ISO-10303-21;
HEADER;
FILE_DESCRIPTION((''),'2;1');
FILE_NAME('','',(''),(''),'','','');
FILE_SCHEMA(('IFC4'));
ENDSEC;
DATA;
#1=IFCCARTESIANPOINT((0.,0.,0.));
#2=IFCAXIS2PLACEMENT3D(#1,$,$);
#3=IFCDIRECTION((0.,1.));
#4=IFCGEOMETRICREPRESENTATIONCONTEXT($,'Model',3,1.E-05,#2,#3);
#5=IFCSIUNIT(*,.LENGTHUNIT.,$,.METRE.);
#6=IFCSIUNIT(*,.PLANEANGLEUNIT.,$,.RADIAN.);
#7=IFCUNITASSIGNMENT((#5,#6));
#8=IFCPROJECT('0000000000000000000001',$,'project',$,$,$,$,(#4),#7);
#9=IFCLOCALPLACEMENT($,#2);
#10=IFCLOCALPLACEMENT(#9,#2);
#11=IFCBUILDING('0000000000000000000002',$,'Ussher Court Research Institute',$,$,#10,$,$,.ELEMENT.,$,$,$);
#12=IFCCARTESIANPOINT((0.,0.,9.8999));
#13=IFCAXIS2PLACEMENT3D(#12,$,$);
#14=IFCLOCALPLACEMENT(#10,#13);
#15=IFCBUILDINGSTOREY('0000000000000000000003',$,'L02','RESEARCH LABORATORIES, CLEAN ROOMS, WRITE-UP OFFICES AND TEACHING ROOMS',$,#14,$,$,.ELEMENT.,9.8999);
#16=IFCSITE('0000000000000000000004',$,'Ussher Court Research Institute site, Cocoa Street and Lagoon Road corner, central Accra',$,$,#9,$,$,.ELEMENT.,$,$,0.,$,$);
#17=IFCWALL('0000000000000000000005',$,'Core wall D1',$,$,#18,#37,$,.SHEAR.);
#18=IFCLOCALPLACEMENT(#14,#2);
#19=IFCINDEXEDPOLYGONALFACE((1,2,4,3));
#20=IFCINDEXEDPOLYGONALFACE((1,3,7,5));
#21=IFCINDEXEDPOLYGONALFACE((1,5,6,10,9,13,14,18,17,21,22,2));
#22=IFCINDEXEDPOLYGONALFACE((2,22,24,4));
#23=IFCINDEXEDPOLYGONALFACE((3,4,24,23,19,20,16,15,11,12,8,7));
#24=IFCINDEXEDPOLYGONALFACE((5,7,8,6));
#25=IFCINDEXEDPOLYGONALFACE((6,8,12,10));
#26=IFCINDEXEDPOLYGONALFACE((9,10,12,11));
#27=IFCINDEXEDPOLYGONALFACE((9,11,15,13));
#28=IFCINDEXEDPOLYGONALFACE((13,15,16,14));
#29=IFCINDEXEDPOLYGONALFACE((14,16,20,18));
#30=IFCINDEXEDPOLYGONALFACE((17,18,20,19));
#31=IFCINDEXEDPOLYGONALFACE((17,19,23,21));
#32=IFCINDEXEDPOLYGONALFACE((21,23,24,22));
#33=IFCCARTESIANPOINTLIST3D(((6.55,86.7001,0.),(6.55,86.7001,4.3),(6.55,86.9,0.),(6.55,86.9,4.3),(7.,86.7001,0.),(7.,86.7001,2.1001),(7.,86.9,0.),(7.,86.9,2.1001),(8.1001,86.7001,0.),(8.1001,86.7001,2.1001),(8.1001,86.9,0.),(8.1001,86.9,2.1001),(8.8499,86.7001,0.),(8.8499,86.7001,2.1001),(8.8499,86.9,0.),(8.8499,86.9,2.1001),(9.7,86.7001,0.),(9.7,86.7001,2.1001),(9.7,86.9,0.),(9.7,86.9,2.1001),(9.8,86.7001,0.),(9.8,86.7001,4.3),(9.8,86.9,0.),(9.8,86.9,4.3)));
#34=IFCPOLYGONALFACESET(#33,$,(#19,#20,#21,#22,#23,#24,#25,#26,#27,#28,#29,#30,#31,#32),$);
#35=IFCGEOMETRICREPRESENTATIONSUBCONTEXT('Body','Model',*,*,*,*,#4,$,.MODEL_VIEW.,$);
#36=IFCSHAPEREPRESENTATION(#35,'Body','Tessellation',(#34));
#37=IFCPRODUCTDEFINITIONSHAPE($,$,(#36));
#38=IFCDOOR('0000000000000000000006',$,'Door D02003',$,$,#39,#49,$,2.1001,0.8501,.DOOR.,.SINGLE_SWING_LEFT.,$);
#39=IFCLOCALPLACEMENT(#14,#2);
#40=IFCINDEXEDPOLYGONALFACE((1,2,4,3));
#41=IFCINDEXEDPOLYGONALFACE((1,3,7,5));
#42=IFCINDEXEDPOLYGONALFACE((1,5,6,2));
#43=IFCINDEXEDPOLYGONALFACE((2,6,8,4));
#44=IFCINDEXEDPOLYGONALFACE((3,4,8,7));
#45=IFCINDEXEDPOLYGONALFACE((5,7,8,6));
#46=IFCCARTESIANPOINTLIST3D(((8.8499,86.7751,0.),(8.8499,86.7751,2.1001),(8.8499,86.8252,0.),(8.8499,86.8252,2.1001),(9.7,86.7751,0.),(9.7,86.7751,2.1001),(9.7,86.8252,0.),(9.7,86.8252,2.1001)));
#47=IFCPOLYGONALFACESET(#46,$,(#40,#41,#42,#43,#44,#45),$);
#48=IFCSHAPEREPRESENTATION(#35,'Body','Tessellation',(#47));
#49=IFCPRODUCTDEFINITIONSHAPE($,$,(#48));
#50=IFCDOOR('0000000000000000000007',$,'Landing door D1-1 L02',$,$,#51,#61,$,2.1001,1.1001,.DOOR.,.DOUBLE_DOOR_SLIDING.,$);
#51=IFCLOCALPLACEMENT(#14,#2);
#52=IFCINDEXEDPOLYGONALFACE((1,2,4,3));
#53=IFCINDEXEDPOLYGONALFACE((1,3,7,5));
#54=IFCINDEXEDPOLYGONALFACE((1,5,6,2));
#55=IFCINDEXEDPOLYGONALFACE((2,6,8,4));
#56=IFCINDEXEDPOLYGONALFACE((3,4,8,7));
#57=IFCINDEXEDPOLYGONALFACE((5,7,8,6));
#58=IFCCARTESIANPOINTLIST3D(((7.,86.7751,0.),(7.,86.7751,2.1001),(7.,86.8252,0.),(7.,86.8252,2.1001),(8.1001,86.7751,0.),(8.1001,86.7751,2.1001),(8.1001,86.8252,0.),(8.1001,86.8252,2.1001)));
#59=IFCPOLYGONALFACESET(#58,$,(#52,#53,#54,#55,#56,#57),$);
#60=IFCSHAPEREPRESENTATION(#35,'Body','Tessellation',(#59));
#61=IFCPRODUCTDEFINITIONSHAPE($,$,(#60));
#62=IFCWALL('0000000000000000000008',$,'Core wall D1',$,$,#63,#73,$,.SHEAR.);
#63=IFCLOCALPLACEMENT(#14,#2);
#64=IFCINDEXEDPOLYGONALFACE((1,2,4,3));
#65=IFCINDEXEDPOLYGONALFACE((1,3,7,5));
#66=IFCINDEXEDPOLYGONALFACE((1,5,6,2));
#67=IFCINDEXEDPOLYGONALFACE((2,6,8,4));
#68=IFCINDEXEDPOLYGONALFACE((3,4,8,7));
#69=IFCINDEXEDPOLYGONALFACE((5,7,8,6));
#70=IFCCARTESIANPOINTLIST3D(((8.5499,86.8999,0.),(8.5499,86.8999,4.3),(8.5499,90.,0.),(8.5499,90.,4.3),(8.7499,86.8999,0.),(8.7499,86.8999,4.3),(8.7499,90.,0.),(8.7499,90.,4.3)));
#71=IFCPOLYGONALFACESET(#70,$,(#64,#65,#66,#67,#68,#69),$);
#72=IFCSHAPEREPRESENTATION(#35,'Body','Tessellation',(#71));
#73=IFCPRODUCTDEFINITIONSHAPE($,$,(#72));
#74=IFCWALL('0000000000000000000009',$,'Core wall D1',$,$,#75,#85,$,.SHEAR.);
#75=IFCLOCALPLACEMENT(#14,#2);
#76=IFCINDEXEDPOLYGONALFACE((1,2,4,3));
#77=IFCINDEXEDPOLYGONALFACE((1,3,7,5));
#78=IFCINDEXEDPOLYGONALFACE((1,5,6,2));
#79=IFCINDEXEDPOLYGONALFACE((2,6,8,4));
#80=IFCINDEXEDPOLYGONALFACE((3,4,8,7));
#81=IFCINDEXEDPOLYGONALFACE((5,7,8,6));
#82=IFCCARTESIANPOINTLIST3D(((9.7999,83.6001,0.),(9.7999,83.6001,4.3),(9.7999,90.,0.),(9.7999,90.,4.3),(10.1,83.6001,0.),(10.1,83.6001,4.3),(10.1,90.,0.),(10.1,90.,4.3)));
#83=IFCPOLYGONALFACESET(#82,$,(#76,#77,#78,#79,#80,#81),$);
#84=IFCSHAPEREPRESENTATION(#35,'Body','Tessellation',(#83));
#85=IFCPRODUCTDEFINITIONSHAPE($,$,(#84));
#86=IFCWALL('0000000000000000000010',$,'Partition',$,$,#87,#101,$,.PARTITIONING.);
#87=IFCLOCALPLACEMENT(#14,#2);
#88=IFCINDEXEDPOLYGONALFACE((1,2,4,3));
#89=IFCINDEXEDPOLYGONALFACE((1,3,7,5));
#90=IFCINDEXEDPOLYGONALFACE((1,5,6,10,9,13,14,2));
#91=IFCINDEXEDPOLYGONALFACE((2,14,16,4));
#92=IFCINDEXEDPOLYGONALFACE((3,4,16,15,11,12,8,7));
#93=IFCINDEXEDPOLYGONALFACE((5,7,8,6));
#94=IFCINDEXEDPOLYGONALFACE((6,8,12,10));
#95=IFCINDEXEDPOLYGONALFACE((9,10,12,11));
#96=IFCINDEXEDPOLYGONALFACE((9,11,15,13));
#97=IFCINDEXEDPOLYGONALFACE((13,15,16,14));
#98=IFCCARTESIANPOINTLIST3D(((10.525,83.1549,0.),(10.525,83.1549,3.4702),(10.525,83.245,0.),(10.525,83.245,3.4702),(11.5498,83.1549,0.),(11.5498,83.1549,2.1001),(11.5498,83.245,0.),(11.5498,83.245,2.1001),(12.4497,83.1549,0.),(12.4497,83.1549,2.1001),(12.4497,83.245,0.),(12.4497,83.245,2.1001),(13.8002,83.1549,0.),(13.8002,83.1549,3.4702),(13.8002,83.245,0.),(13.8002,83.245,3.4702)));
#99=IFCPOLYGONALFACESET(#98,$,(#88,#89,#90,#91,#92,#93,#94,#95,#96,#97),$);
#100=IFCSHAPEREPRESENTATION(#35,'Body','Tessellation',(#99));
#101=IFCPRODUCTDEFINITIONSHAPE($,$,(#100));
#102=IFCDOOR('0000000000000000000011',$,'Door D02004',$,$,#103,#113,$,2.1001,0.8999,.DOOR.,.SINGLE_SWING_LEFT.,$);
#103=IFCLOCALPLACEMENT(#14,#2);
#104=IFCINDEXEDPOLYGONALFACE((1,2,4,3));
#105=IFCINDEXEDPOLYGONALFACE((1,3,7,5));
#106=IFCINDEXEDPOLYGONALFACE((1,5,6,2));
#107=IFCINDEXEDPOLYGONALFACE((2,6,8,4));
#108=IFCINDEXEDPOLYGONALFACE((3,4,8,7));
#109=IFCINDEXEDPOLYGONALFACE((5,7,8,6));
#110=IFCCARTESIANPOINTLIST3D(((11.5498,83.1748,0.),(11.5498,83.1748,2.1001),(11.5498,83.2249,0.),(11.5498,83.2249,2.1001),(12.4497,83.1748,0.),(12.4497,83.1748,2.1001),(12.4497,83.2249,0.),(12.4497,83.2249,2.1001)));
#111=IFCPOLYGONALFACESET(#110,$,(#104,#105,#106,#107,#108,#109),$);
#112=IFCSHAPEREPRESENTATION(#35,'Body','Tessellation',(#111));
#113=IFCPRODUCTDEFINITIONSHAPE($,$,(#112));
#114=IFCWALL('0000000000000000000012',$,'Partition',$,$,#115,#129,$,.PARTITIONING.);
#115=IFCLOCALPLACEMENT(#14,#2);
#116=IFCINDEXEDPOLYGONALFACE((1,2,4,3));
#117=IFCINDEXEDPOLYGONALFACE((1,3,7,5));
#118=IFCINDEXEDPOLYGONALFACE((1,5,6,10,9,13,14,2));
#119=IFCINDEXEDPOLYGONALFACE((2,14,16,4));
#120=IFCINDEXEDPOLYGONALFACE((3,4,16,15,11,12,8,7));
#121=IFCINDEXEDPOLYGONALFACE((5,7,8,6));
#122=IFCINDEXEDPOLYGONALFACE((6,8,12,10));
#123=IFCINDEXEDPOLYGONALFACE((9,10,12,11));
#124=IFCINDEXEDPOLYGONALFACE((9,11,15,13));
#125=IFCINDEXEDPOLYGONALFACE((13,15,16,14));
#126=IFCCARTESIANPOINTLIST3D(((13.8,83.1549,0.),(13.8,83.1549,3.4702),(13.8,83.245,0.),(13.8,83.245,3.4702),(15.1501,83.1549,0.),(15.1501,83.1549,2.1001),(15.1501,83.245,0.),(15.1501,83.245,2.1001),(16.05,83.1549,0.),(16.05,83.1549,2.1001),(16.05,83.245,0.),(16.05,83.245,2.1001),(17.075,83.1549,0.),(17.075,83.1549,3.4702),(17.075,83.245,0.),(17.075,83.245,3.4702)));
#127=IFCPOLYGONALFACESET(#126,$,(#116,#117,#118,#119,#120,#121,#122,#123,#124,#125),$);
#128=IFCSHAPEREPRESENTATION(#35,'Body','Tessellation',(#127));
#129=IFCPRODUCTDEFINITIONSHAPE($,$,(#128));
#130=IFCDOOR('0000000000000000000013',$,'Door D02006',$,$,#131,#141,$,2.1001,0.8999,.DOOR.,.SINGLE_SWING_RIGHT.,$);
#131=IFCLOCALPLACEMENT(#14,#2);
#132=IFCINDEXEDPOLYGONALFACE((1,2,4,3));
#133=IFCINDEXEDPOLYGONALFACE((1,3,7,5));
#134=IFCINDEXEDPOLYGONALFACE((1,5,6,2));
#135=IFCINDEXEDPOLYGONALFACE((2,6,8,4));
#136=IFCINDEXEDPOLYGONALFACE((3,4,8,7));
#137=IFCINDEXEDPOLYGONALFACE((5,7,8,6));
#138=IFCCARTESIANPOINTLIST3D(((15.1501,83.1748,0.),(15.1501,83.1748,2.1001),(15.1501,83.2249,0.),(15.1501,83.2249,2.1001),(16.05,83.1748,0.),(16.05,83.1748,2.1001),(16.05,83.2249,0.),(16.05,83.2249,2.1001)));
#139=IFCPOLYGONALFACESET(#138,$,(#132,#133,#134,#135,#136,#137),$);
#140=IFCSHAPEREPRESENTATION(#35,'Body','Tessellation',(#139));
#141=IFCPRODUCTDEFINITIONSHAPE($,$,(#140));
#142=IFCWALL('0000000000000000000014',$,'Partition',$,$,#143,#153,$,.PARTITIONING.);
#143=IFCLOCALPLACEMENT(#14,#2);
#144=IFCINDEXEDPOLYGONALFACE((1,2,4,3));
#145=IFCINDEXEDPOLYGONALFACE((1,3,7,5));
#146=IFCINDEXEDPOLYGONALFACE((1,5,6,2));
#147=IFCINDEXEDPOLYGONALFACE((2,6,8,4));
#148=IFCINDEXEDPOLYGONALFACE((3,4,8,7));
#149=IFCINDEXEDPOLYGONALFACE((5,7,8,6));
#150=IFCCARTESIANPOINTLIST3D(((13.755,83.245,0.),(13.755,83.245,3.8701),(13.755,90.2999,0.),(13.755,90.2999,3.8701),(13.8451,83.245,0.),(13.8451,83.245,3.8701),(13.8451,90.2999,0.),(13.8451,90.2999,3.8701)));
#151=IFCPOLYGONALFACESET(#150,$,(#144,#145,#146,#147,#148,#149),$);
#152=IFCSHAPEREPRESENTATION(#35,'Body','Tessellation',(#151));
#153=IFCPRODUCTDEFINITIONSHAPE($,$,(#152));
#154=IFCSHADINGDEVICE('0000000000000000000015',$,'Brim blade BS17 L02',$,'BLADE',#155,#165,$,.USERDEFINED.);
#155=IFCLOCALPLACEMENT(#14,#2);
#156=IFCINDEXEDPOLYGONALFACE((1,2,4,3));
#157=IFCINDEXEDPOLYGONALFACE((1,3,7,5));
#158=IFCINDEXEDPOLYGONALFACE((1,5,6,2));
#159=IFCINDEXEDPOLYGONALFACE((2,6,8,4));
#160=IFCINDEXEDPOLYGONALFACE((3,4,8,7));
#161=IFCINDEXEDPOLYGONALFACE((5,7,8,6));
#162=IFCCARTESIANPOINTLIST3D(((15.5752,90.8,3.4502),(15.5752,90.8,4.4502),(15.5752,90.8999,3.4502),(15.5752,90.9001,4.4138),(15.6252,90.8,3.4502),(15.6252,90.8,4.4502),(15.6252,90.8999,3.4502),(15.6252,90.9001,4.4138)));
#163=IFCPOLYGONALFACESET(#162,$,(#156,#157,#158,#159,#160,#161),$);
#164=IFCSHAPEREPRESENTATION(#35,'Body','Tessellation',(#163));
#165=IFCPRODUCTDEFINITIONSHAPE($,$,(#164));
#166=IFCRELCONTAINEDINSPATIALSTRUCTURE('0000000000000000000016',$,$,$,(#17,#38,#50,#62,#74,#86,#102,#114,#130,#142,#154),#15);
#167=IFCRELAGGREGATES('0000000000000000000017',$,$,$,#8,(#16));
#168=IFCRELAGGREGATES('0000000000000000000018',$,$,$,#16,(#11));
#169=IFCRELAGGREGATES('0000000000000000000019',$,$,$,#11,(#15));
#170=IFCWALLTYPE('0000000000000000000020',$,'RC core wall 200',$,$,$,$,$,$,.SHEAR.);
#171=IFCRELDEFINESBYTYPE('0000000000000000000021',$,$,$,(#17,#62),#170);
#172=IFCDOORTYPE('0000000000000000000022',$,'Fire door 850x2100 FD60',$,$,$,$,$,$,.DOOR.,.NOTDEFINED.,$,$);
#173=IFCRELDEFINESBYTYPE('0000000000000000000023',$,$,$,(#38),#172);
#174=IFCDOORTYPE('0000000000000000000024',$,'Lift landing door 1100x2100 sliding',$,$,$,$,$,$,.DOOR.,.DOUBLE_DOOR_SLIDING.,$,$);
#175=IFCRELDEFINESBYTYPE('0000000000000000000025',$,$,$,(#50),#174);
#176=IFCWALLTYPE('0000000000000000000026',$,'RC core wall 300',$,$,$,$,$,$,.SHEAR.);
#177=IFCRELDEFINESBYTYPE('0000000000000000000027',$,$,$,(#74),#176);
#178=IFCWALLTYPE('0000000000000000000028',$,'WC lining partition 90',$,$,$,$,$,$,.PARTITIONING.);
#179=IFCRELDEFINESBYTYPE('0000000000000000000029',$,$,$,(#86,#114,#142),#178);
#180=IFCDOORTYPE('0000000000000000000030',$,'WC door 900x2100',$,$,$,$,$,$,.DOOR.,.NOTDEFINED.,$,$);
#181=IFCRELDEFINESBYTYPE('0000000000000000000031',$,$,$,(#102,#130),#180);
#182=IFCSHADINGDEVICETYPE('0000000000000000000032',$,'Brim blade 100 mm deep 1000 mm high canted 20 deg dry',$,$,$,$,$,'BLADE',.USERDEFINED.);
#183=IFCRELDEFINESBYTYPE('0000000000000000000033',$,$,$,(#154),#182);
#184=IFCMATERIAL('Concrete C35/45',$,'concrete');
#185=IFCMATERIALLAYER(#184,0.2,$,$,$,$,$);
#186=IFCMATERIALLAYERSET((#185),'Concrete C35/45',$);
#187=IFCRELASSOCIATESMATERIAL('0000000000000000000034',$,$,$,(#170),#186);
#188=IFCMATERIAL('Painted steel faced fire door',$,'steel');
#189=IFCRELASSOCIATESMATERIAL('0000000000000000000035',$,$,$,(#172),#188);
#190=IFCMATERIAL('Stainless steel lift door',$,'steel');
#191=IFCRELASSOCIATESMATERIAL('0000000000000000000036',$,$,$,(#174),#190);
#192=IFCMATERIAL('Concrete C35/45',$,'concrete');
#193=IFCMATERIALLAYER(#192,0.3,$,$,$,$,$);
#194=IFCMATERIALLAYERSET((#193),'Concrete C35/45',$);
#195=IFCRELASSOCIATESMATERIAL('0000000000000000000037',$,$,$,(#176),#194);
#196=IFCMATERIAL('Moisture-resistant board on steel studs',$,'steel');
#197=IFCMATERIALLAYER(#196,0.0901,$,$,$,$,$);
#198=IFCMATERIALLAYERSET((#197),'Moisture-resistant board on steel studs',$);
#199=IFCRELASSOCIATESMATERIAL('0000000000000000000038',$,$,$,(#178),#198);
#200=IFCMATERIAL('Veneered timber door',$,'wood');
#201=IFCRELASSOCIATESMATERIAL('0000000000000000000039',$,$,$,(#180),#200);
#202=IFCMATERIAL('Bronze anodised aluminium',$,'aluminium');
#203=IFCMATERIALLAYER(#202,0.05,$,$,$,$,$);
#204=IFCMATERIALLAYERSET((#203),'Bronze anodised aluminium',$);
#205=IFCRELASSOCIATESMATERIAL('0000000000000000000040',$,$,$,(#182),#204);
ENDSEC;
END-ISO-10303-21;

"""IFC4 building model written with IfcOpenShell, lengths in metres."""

from ifc_helpers import new_model, si_unit, direction, frame, frame_2d, origin, place, context, subcontext, project, spatial, polyline, rectangle, outline, extrude, material, layer, layer_set, type_object, element, fill, save


model = new_model("IFC4")

# Units and contexts
model_context = context("Model", 3, precision=1e-05, world=origin(), true_north=direction((0.0, 1.0)))
body_context = subcontext(model_context, "Body", "Model", "MODEL_VIEW")
ifc_project = project(units=[si_unit("LENGTHUNIT", "METRE"), si_unit("PLANEANGLEUNIT", "RADIAN")], contexts=[model_context])

# Site, building, storey
site_placement = place(None, origin())
site = spatial("IfcSite", under=ifc_project, at=site_placement, Name="Ussher Court Research Institute site, Cocoa Street and Lagoon Road corner, central Accra", CompositionType="ELEMENT", RefElevation=0.0)
building_placement = place(site_placement, origin())
building = spatial("IfcBuilding", under=site, at=building_placement, Name="Ussher Court Research Institute", CompositionType="ELEMENT")
storey_placement = place(building_placement, frame((0.0, 0.0, 9.8999)))
storey = spatial("IfcBuildingStorey", under=building, at=storey_placement, Name="L02", Description="RESEARCH LABORATORIES, CLEAN ROOMS, WRITE-UP OFFICES AND TEACHING ROOMS", CompositionType="ELEMENT", Elevation=9.8999)

# Wall, openings, doors
ifc_material_1 = material(Name="Concrete C35/45", Category="concrete")
ifc_layer_1 = layer(ifc_material_1, 0.2)
ifc_layer_set_1 = layer_set([ifc_layer_1], Name="Concrete C35/45")
wall_type_1 = type_object("IfcWallType", Name="RC core wall 200", PredefinedType="SHEAR", material=ifc_layer_set_1)
wall_1_placement = place(storey_placement, frame((9.8, 86.8, 0.0), z_axis=(0.0, 0.0, 1.0), x_axis=(-1.0, 0.0, 0.0)))
wall_1 = element("IfcWall", 1, at=wall_1_placement, inside=storey, type_object=wall_type_1, Name="Core wall D1", PredefinedType="SHEAR", context=body_context, shape_type="SweptSolid", body=[
    extrude(rectangle(XDim=3.25, YDim=0.2, at=frame_2d((1.625, 0.0))), origin(), (0.0, 0.0, 1.0), 4.3),
])
opening_1_placement = place(wall_1_placement, frame((1.7, 0.0, 0.0)))
opening_1 = element("IfcOpeningElement", 2, at=opening_1_placement, cuts=wall_1, PredefinedType="OPENING", context=body_context, shape_type="SweptSolid", body=[
    extrude(rectangle(XDim=1.1001, YDim=2.1001, at=frame_2d((0.55, 1.05))), frame((0.0, 0.1099, 0.0), z_axis=(0.0, -1.0, 0.0), x_axis=(1.0, 0.0, 0.0)), (0.0, 0.0, 1.0), 0.22),
])
opening_2_placement = place(wall_1_placement, frame((0.1001, 0.0, 0.0)))
opening_2 = element("IfcOpeningElement", 3, at=opening_2_placement, cuts=wall_1, PredefinedType="OPENING", context=body_context, shape_type="SweptSolid", body=[
    extrude(rectangle(XDim=0.8501, YDim=2.1001, at=frame_2d((0.425, 1.05))), frame((0.0, 0.1099, 0.0), z_axis=(0.0, -1.0, 0.0), x_axis=(1.0, 0.0, 0.0)), (0.0, 0.0, 1.0), 0.22),
])
ifc_material_2 = material(Name="Painted steel faced fire door", Category="steel")
door_type_1 = type_object("IfcDoorType", Name="Fire door 850x2100 FD60", OperationType="NOTDEFINED", PredefinedType="DOOR", material=ifc_material_2)
door_1_placement = place(opening_2_placement, origin())
door_1 = element("IfcDoor", 4, at=door_1_placement, inside=storey, type_object=door_type_1, Name="Door D02003", OperationType="SINGLE_SWING_LEFT", OverallHeight=2.1001, OverallWidth=0.8501, PredefinedType="DOOR", context=body_context, shape_type="SweptSolid", body=[
    extrude(rectangle(XDim=0.8501, YDim=2.1001, at=frame_2d((0.425, 1.05))), frame((0.0, 0.0249, 0.0), z_axis=(0.0, -1.0, 0.0), x_axis=(1.0, 0.0, 0.0)), (0.0, 0.0, 1.0), 0.05),
])
fill(opening_2, door_1)
ifc_material_3 = material(Name="Stainless steel lift door", Category="steel")
door_type_2 = type_object("IfcDoorType", Name="Lift landing door 1100x2100 sliding", OperationType="DOUBLE_DOOR_SLIDING", PredefinedType="DOOR", material=ifc_material_3)
door_2_placement = place(opening_1_placement, origin())
door_2 = element("IfcDoor", 5, at=door_2_placement, inside=storey, type_object=door_type_2, Name="Landing door D1-1 L02", OperationType="DOUBLE_DOOR_SLIDING", OverallHeight=2.1001, OverallWidth=1.1001, PredefinedType="DOOR", context=body_context, shape_type="SweptSolid", body=[
    extrude(rectangle(XDim=1.1001, YDim=2.1001, at=frame_2d((0.55, 1.05))), frame((0.0, 0.0249, 0.0), z_axis=(0.0, -1.0, 0.0), x_axis=(1.0, 0.0, 0.0)), (0.0, 0.0, 1.0), 0.05),
])
fill(opening_1, door_2)

# Walls
wall_2_placement = place(storey_placement, frame((8.6499, 86.8999, 0.0), z_axis=(0.0, 0.0, 1.0), x_axis=(0.0, 1.0, 0.0)))
element("IfcWall", 6, at=wall_2_placement, inside=storey, type_object=wall_type_1, Name="Core wall D1", PredefinedType="SHEAR", context=body_context, shape_type="SweptSolid", body=[
    extrude(rectangle(XDim=3.1001, YDim=0.2, at=frame_2d((1.55, 0.0))), origin(), (0.0, 0.0, 1.0), 4.3),
])
ifc_material_4 = material(Name="Concrete C35/45", Category="concrete")
ifc_layer_2 = layer(ifc_material_4, 0.3)
ifc_layer_set_2 = layer_set([ifc_layer_2], Name="Concrete C35/45")
wall_type_2 = type_object("IfcWallType", Name="RC core wall 300", PredefinedType="SHEAR", material=ifc_layer_set_2)
wall_3_placement = place(storey_placement, frame((9.95, 83.6001, 0.0), z_axis=(0.0, 0.0, 1.0), x_axis=(0.0, 1.0, 0.0)))
element("IfcWall", 7, at=wall_3_placement, inside=storey, type_object=wall_type_2, Name="Core wall D1", PredefinedType="SHEAR", context=body_context, shape_type="SweptSolid", body=[
    extrude(rectangle(XDim=6.3999, YDim=0.3, at=frame_2d((3.2, 0.0))), origin(), (0.0, 0.0, 1.0), 4.3),
])

# Walls, openings, doors
ifc_material_5 = material(Name="Moisture-resistant board on steel studs", Category="steel")
ifc_layer_3 = layer(ifc_material_5, 0.0901)
ifc_layer_set_3 = layer_set([ifc_layer_3], Name="Moisture-resistant board on steel studs")
wall_type_3 = type_object("IfcWallType", Name="WC lining partition 90", PredefinedType="PARTITIONING", material=ifc_layer_set_3)
wall_4_placement = place(storey_placement, frame((10.5249, 83.2, 0.0), z_axis=(0.0, 0.0, 1.0), x_axis=(1.0, 0.0, 0.0)))
wall_4 = element("IfcWall", 8, at=wall_4_placement, inside=storey, type_object=wall_type_3, Name="Partition", PredefinedType="PARTITIONING", context=body_context, shape_type="SweptSolid", body=[
    extrude(rectangle(XDim=3.2751, YDim=0.0901, at=frame_2d((1.6377, 0.0))), origin(), (0.0, 0.0, 1.0), 3.4702),
])
opening_3_placement = place(wall_4_placement, frame((1.0249, 0.0, 0.0)))
opening_3 = element("IfcOpeningElement", 9, at=opening_3_placement, cuts=wall_4, PredefinedType="OPENING", context=body_context, shape_type="SweptSolid", body=[
    extrude(rectangle(XDim=0.8999, YDim=2.1001, at=frame_2d((0.45, 1.05))), frame((0.0, 0.0552, 0.0), z_axis=(0.0, -1.0, 0.0), x_axis=(1.0, 0.0, 0.0)), (0.0, 0.0, 1.0), 0.1101),
])
ifc_material_6 = material(Name="Veneered timber door", Category="wood")
door_type_3 = type_object("IfcDoorType", Name="WC door 900x2100", OperationType="NOTDEFINED", PredefinedType="DOOR", material=ifc_material_6)
door_3_placement = place(opening_3_placement, origin())
door_3 = element("IfcDoor", 10, at=door_3_placement, inside=storey, type_object=door_type_3, Name="Door D02004", OperationType="SINGLE_SWING_LEFT", OverallHeight=2.1001, OverallWidth=0.8999, PredefinedType="DOOR", context=body_context, shape_type="SweptSolid", body=[
    extrude(rectangle(XDim=0.8999, YDim=2.1001, at=frame_2d((0.45, 1.05))), frame((0.0, 0.0249, 0.0), z_axis=(0.0, -1.0, 0.0), x_axis=(1.0, 0.0, 0.0)), (0.0, 0.0, 1.0), 0.05),
])
fill(opening_3, door_3)
wall_5_placement = place(storey_placement, frame((13.8, 83.2, 0.0), z_axis=(0.0, 0.0, 1.0), x_axis=(1.0, 0.0, 0.0)))
wall_5 = element("IfcWall", 11, at=wall_5_placement, inside=storey, type_object=wall_type_3, Name="Partition", PredefinedType="PARTITIONING", context=body_context, shape_type="SweptSolid", body=[
    extrude(rectangle(XDim=3.2749, YDim=0.0901, at=frame_2d((1.6375, 0.0))), origin(), (0.0, 0.0, 1.0), 3.4702),
])
opening_4_placement = place(wall_5_placement, frame((1.3501, 0.0, 0.0)))
opening_4 = element("IfcOpeningElement", 12, at=opening_4_placement, cuts=wall_5, PredefinedType="OPENING", context=body_context, shape_type="SweptSolid", body=[
    extrude(rectangle(XDim=0.8999, YDim=2.1001, at=frame_2d((0.45, 1.05))), frame((0.0, 0.0552, 0.0), z_axis=(0.0, -1.0, 0.0), x_axis=(1.0, 0.0, 0.0)), (0.0, 0.0, 1.0), 0.1101),
])
door_4_placement = place(opening_4_placement, origin())
door_4 = element("IfcDoor", 13, at=door_4_placement, inside=storey, type_object=door_type_3, Name="Door D02006", OperationType="SINGLE_SWING_RIGHT", OverallHeight=2.1001, OverallWidth=0.8999, PredefinedType="DOOR", context=body_context, shape_type="SweptSolid", body=[
    extrude(rectangle(XDim=0.8999, YDim=2.1001, at=frame_2d((0.45, 1.05))), frame((0.0, 0.0249, 0.0), z_axis=(0.0, -1.0, 0.0), x_axis=(1.0, 0.0, 0.0)), (0.0, 0.0, 1.0), 0.05),
])
fill(opening_4, door_4)

# Wall
wall_6_placement = place(storey_placement, frame((13.8, 83.2451, 0.0), z_axis=(0.0, 0.0, 1.0), x_axis=(0.0, 1.0, 0.0)))
element("IfcWall", 14, at=wall_6_placement, inside=storey, type_object=wall_type_3, Name="Partition", PredefinedType="PARTITIONING", context=body_context, shape_type="SweptSolid", body=[
    extrude(rectangle(XDim=7.0549, YDim=0.0901, at=frame_2d((3.5273, 0.0))), origin(), (0.0, 0.0, 1.0), 3.8701),
])

# Shading device
ifc_material_7 = material(Name="Bronze anodised aluminium", Category="aluminium")
ifc_layer_4 = layer(ifc_material_7, 0.05)
ifc_layer_set_4 = layer_set([ifc_layer_4], Name="Bronze anodised aluminium")
shading_device_type_1 = type_object("IfcShadingDeviceType", Name="Brim blade 100 mm deep 1000 mm high canted 20 deg dry", ElementType="BLADE", PredefinedType="USERDEFINED", material=ifc_layer_set_4)
shading_device_1_placement = place(storey_placement, frame((15.6001, 90.8, 3.4502), z_axis=(0.0, 0.0, 1.0), x_axis=(0.0, 1.0, 0.0)))
element("IfcShadingDevice", 15, at=shading_device_1_placement, inside=storey, type_object=shading_device_type_1, Name="Brim blade BS17 L02", ObjectType="BLADE", PredefinedType="USERDEFINED", context=body_context, shape_type="SweptSolid", body=[
    extrude(outline(polyline([(0.0, 0.0), (0.0999, 0.0), (0.1001, 0.9636), (0.0, 1.0), (0.0, 0.0)])), frame((0.0, 0.0249, 0.0), z_axis=(0.0, -1.0, 0.0), x_axis=(1.0, 0.0, 0.0)), (0.0, 0.0, 1.0), 0.05),
])

save(model, "model.ifc")
